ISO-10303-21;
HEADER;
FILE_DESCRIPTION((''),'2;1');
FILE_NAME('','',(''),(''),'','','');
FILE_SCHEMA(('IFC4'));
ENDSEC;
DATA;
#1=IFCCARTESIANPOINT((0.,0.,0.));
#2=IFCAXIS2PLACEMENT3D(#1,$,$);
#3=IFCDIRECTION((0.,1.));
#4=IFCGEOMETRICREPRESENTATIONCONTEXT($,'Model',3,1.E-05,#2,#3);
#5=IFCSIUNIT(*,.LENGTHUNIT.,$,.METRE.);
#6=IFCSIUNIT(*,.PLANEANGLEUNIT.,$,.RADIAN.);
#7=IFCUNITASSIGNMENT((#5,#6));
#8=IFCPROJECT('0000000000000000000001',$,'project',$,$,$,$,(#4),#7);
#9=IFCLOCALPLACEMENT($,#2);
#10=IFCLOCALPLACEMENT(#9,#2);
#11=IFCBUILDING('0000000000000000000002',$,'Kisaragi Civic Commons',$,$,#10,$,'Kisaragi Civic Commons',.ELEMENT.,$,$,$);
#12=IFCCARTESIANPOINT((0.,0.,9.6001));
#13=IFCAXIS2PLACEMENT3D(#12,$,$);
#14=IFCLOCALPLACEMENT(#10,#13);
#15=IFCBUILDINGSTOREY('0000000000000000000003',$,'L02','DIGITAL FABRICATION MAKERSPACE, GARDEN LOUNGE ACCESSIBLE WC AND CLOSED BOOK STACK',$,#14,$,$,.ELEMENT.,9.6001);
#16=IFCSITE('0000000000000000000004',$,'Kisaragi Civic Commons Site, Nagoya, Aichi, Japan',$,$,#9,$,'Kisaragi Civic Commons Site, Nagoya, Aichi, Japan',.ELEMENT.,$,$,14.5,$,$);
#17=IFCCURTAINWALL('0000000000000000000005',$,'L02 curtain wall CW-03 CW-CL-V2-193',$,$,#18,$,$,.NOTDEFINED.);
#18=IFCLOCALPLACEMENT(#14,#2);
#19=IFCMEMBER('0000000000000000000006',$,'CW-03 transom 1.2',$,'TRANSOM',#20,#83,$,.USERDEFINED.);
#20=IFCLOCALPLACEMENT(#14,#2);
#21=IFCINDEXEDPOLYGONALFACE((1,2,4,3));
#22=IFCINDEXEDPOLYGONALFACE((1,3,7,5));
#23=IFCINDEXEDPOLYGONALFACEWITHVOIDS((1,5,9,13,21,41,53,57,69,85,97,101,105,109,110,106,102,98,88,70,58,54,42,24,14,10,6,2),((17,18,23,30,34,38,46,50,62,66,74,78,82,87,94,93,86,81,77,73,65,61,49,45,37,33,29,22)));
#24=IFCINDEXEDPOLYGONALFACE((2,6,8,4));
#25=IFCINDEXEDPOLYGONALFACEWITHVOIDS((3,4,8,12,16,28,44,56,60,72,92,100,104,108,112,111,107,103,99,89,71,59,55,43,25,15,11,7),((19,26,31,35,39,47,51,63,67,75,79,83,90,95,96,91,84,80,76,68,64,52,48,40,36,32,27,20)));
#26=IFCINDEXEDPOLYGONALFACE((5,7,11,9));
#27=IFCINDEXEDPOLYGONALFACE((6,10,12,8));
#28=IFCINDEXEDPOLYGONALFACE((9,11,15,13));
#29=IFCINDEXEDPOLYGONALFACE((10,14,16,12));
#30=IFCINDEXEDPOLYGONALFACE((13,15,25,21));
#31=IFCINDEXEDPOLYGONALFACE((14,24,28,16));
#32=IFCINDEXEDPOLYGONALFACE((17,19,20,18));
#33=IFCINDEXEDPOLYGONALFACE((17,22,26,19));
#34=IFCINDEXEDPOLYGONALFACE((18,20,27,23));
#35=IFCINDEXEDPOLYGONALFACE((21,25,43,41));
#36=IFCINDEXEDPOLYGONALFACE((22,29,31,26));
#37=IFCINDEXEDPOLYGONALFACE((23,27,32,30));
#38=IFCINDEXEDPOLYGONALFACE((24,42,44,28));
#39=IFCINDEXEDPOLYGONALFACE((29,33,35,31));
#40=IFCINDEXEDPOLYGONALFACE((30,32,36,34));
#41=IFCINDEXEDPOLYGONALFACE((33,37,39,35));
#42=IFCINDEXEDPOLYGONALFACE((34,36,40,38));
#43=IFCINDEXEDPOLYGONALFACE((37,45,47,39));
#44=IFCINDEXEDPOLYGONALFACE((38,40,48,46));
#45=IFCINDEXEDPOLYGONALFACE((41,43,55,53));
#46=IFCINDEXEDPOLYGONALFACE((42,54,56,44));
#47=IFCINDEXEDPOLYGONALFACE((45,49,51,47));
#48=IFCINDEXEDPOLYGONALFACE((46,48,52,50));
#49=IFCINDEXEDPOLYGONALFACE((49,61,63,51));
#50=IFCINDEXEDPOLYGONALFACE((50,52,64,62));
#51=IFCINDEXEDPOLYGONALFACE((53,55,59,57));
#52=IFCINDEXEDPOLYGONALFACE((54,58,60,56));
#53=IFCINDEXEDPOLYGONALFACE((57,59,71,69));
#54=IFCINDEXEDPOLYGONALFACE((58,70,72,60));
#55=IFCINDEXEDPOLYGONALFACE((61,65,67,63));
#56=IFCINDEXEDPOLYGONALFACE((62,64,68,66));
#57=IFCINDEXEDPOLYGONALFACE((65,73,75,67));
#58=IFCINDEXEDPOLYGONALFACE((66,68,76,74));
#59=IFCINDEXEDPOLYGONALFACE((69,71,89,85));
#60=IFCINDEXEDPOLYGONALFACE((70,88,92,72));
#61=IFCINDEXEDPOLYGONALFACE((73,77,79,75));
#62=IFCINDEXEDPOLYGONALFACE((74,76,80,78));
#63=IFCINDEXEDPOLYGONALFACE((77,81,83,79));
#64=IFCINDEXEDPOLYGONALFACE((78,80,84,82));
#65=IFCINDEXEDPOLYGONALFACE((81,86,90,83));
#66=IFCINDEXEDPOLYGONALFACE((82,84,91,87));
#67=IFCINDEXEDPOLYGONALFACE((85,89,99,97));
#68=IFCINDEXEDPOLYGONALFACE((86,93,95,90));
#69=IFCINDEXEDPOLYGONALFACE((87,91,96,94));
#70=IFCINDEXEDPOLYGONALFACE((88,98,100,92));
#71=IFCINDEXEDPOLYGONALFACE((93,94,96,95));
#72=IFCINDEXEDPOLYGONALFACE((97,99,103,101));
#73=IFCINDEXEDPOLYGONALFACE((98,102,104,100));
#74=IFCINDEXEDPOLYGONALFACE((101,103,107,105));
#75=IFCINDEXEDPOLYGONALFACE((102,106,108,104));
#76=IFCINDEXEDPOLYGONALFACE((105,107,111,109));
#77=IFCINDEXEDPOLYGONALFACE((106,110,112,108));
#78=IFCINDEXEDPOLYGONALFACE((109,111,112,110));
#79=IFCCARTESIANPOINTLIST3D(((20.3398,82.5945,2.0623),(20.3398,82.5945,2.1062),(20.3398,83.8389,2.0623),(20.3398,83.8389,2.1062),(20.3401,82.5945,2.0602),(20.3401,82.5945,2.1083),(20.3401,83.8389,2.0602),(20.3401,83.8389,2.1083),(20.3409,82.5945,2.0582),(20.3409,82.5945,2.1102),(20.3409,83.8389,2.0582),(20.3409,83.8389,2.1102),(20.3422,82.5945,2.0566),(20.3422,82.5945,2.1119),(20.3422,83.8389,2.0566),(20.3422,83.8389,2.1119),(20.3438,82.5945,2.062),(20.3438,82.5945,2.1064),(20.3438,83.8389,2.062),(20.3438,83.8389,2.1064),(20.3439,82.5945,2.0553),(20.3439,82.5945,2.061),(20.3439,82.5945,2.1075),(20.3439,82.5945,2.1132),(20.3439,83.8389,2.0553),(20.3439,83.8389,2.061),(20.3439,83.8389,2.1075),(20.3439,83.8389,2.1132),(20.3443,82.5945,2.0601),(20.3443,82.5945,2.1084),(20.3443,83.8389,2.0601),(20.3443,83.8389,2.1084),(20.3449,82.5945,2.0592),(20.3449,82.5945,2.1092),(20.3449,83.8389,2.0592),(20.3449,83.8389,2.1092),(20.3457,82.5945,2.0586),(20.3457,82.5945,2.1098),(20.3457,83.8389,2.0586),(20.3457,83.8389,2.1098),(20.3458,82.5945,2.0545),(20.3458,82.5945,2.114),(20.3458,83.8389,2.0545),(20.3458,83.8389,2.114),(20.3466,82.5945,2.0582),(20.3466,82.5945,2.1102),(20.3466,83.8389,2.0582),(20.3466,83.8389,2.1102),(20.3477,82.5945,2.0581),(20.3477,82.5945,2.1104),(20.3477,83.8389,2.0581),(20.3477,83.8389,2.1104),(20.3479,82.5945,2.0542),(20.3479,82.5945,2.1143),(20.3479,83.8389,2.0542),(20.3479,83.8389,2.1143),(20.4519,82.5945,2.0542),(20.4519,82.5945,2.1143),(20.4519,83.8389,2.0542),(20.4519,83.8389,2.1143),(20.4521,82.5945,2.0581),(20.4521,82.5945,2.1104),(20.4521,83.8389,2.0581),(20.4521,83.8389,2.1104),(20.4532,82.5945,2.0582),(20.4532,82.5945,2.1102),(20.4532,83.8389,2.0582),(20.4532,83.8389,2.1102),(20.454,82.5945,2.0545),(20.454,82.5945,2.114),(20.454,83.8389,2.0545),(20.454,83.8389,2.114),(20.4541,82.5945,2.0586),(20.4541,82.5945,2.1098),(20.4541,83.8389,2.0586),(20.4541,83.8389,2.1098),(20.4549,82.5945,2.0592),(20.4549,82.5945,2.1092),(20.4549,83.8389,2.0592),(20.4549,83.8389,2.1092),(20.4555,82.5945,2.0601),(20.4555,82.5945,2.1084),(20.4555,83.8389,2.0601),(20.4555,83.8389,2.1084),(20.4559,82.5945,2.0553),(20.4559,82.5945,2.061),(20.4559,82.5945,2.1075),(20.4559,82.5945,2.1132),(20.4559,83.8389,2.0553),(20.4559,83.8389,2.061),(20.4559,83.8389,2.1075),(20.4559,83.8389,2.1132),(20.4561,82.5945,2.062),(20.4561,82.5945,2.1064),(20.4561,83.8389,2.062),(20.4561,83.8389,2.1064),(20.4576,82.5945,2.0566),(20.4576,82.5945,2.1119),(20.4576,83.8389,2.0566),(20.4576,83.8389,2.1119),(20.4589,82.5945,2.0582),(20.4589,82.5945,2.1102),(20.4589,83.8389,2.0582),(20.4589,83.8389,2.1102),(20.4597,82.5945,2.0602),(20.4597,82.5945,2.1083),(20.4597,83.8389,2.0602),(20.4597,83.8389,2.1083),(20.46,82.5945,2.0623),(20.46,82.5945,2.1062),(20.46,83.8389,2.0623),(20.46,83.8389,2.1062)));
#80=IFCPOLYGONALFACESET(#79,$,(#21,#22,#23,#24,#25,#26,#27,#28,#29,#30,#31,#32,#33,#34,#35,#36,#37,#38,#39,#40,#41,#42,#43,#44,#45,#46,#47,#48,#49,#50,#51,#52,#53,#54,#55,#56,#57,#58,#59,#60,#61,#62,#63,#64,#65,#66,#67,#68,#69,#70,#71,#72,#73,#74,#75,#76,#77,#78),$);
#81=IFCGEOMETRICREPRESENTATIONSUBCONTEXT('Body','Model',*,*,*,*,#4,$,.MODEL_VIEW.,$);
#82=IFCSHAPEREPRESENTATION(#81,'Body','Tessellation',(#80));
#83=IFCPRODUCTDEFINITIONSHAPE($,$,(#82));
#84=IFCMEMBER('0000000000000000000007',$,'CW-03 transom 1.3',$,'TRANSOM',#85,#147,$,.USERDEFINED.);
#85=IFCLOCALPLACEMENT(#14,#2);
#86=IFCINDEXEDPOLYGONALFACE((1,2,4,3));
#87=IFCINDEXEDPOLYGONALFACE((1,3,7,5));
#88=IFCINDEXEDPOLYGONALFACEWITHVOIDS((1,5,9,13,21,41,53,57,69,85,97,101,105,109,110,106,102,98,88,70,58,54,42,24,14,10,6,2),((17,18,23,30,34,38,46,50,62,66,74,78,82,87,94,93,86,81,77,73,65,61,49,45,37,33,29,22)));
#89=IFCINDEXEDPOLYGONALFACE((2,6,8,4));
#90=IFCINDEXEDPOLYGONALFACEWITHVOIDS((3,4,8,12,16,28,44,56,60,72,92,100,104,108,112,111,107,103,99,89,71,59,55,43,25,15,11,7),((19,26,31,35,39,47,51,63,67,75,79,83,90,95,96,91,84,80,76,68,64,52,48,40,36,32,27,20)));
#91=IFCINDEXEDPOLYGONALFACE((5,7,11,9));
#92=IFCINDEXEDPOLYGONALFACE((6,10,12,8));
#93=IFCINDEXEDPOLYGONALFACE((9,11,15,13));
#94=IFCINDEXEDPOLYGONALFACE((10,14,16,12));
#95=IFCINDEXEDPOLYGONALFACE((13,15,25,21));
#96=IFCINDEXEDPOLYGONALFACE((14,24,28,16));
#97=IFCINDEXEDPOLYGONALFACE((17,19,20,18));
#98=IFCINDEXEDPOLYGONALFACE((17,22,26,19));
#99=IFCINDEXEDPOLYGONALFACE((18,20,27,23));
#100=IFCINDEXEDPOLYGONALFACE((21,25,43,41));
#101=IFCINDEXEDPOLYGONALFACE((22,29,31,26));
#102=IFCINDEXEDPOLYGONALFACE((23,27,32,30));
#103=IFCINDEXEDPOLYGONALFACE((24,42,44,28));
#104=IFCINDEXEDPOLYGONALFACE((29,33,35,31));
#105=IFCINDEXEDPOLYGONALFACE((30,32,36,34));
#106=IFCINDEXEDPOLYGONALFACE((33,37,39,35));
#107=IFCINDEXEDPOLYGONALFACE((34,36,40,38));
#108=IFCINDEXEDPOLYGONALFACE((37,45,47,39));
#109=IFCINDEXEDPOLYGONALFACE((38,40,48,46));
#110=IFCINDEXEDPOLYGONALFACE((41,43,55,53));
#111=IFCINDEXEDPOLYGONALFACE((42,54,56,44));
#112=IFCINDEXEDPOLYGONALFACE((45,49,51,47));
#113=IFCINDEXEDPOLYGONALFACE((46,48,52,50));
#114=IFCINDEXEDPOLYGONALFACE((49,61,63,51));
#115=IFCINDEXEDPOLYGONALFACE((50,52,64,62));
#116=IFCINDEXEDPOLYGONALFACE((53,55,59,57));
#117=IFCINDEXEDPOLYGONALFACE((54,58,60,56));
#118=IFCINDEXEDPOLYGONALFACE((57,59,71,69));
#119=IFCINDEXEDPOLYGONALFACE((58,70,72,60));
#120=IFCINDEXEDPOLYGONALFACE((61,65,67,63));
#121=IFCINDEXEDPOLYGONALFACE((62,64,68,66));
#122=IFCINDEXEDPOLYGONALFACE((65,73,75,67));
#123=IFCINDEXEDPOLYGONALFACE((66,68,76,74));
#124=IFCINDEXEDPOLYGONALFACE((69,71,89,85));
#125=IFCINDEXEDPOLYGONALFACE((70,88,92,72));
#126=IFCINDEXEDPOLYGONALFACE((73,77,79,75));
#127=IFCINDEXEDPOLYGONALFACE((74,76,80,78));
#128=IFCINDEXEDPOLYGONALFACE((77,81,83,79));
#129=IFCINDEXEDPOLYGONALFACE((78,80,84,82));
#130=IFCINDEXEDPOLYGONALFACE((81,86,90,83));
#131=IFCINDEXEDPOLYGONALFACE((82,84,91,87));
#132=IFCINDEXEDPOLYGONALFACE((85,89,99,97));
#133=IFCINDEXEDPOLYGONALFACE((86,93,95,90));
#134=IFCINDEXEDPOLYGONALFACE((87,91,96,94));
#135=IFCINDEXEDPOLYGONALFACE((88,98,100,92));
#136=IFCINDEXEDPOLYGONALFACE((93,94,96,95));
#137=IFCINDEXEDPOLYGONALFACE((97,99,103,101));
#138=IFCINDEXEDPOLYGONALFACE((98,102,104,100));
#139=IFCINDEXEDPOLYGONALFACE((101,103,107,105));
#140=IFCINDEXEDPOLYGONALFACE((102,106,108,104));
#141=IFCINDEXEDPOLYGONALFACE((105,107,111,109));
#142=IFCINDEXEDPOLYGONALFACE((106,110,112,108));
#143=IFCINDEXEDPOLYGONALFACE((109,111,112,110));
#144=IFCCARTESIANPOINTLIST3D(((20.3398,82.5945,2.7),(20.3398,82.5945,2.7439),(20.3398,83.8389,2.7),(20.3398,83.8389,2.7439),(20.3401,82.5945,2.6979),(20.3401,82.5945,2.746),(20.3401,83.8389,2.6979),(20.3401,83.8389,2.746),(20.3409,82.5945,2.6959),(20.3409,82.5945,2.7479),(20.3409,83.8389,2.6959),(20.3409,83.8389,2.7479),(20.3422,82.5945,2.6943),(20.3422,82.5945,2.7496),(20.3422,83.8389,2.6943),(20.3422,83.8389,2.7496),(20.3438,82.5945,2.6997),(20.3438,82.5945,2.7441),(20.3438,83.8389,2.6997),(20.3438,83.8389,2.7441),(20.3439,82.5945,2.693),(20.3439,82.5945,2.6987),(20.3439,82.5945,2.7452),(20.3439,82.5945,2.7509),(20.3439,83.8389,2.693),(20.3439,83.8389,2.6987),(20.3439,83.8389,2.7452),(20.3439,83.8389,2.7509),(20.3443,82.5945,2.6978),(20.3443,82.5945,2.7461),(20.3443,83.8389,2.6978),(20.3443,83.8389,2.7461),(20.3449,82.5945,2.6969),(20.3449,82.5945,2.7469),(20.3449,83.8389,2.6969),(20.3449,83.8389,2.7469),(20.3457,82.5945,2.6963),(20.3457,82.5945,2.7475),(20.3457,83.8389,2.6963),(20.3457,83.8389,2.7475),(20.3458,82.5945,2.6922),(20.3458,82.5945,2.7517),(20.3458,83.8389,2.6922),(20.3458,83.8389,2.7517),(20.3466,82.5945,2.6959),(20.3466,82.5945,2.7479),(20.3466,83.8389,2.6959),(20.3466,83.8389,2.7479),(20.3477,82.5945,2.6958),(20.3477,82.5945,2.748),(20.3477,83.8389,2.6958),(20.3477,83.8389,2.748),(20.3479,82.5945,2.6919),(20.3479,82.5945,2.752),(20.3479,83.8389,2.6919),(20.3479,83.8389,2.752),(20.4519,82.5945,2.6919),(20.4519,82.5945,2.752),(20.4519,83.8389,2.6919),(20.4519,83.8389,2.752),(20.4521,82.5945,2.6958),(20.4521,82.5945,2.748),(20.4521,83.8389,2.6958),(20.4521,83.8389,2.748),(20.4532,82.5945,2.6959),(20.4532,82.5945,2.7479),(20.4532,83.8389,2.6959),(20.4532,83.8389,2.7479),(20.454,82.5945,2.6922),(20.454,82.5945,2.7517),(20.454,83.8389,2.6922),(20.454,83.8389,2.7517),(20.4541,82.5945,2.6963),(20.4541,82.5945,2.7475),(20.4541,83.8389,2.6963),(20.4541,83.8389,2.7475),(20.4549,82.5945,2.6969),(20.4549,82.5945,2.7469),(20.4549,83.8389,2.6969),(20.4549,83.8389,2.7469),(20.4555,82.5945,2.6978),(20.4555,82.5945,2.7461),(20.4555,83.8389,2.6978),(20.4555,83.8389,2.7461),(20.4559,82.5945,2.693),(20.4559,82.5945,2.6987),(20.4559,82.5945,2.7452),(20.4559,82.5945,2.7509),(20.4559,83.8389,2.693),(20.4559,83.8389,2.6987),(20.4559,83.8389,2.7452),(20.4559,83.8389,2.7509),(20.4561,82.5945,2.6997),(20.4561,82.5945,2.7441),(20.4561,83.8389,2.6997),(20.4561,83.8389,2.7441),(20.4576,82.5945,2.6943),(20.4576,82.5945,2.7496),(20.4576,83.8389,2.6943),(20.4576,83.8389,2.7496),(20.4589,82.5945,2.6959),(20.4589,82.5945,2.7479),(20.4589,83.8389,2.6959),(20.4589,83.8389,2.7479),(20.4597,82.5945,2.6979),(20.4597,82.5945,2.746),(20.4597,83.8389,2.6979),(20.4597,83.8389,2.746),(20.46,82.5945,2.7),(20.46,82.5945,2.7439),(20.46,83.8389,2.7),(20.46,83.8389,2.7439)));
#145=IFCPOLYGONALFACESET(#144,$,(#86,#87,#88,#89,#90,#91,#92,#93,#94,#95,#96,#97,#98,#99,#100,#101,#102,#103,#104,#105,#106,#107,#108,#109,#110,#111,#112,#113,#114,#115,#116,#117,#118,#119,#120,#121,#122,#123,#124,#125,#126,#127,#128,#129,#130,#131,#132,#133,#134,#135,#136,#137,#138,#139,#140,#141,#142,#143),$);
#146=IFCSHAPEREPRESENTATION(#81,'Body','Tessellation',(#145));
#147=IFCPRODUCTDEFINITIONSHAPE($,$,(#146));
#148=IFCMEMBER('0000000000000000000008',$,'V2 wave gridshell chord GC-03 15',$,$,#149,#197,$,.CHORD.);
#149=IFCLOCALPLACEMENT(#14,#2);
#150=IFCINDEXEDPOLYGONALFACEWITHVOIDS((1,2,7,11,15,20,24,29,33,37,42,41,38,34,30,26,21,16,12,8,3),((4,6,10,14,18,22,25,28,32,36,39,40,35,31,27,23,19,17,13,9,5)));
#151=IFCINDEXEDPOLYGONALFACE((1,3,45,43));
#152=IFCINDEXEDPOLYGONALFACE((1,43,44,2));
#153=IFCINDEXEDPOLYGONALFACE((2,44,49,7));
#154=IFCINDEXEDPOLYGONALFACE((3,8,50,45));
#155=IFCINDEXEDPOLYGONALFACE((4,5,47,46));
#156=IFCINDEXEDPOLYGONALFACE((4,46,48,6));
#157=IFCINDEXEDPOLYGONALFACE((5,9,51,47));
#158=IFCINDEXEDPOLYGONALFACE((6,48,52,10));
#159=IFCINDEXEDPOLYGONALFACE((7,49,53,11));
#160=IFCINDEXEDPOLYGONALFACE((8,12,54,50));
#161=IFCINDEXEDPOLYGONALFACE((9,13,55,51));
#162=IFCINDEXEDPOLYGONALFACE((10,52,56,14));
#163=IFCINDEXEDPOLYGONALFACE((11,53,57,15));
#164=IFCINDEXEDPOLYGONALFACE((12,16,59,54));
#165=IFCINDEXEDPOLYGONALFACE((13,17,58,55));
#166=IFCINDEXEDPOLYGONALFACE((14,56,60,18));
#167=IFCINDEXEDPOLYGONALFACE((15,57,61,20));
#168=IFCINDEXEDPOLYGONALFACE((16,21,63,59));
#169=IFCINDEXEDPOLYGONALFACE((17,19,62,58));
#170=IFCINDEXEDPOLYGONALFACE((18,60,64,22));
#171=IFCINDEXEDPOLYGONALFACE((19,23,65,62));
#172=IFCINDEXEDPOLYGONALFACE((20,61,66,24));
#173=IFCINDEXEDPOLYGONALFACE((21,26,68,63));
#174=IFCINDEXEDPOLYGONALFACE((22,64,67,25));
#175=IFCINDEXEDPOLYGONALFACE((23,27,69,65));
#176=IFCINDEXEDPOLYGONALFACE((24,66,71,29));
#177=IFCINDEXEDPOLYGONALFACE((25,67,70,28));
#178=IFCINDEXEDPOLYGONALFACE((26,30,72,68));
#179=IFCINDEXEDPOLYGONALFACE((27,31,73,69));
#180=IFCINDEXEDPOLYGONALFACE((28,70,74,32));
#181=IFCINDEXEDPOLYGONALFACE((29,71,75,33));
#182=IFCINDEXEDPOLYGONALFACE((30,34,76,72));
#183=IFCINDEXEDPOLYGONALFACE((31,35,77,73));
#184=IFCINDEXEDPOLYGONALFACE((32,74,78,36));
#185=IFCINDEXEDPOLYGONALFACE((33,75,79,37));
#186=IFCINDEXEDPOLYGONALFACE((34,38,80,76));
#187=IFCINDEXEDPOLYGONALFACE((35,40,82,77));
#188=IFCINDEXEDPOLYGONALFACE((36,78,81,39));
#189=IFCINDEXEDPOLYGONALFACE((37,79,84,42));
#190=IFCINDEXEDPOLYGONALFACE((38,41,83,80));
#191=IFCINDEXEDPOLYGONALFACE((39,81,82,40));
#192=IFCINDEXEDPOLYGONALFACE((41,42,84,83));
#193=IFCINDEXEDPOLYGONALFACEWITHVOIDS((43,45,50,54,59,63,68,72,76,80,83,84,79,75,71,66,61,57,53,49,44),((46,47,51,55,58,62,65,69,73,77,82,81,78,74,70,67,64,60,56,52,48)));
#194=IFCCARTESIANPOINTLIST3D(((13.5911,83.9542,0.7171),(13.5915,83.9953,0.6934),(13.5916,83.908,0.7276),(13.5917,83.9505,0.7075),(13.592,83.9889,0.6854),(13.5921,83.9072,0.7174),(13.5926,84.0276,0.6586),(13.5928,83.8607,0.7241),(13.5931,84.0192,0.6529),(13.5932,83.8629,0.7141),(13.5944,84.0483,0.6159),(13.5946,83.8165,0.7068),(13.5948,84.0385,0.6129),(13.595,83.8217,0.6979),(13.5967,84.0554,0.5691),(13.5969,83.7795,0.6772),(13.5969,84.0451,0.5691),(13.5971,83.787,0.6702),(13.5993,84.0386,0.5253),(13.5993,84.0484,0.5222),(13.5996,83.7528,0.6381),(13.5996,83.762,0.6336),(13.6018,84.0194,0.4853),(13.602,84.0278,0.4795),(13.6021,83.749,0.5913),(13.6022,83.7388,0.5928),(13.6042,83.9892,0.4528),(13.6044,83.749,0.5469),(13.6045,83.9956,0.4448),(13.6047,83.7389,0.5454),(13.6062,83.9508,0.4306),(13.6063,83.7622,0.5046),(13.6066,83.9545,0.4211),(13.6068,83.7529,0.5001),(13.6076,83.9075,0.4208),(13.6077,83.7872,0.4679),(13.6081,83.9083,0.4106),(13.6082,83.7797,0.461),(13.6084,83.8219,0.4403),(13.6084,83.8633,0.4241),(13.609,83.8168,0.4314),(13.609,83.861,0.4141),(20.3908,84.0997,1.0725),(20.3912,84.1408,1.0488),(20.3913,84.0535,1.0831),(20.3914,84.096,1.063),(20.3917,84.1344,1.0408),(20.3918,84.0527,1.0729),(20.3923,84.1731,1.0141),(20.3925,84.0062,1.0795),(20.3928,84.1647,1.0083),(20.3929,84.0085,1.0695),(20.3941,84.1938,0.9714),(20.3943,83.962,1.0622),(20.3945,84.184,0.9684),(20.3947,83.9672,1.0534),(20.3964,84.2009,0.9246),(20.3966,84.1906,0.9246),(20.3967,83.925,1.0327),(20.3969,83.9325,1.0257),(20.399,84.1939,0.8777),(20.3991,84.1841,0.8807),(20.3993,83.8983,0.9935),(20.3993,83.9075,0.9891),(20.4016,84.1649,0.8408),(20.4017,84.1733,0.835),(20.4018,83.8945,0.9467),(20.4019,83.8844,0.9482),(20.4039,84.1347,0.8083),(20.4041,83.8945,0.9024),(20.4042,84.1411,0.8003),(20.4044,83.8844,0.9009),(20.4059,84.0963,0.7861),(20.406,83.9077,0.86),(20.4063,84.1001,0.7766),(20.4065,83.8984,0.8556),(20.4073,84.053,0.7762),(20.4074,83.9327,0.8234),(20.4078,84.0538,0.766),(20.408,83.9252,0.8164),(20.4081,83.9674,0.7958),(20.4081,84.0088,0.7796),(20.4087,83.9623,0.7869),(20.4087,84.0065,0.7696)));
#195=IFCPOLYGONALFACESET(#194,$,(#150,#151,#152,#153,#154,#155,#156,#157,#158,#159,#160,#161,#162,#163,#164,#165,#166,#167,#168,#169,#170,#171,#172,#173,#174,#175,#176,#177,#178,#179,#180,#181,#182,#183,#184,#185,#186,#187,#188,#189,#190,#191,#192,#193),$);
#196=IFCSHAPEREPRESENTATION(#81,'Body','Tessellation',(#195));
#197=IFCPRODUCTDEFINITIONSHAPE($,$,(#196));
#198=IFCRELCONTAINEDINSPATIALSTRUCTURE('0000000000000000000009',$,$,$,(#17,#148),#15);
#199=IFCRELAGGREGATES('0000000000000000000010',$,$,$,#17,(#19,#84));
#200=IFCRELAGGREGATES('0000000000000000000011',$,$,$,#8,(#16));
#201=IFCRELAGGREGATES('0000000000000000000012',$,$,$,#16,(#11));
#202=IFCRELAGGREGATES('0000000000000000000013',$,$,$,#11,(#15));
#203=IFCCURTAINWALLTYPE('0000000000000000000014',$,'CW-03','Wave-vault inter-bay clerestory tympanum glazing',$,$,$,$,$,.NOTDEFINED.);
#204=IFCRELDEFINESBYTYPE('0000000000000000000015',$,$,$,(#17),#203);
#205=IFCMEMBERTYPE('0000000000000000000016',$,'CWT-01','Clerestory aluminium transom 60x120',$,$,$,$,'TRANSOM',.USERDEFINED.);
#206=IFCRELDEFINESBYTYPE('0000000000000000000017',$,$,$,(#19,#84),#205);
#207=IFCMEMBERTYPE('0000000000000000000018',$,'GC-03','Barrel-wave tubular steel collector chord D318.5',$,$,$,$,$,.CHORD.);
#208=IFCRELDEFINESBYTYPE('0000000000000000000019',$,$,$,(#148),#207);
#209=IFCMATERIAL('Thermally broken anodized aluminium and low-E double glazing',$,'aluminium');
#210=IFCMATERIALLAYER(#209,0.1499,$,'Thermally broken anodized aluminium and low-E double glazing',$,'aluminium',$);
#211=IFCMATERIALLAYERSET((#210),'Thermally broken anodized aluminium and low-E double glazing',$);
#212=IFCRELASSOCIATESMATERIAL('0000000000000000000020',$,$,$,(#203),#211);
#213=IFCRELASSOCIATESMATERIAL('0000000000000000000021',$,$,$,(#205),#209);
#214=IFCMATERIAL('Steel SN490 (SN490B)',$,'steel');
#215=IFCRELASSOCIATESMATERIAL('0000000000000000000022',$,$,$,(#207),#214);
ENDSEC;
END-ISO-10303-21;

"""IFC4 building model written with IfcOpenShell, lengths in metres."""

from ifc_helpers import new_model, si_unit, direction, frame, origin, origin_2d, place, context, subcontext, project, spatial, hollow_rectangle, hollow_circle, extrude, material, layer, layer_set, material_profile, profile_set, type_object, element, aggregate, save


model = new_model("IFC4")

# Units and contexts
model_context = context("Model", 3, precision=1e-05, world=origin(), true_north=direction((0.0, 1.0)))
body_context = subcontext(model_context, "Body", "Model", "MODEL_VIEW")
ifc_project = project(units=[si_unit("LENGTHUNIT", "METRE"), si_unit("PLANEANGLEUNIT", "RADIAN")], contexts=[model_context])

# Site, building, storey
site_placement = place(None, origin())
site = spatial("IfcSite", under=ifc_project, at=site_placement, Name="Kisaragi Civic Commons Site, Nagoya, Aichi, Japan", LongName="Kisaragi Civic Commons Site, Nagoya, Aichi, Japan", CompositionType="ELEMENT", RefElevation=14.5)
building_placement = place(site_placement, origin())
building = spatial("IfcBuilding", under=site, at=building_placement, Name="Kisaragi Civic Commons", LongName="Kisaragi Civic Commons", CompositionType="ELEMENT")
storey_placement = place(building_placement, frame((0.0, 0.0, 9.6001)))
storey = spatial("IfcBuildingStorey", under=building, at=storey_placement, Name="L02", Description="DIGITAL FABRICATION MAKERSPACE, GARDEN LOUNGE ACCESSIBLE WC AND CLOSED BOOK STACK", CompositionType="ELEMENT", Elevation=9.6001)

# Curtain wall
ifc_material_1 = material(Name="Thermally broken anodized aluminium and low-E double glazing", Category="aluminium")
ifc_layer_1 = layer(ifc_material_1, 0.1499, Name="Thermally broken anodized aluminium and low-E double glazing", Category="aluminium")
ifc_layer_set_1 = layer_set([ifc_layer_1], Name="Thermally broken anodized aluminium and low-E double glazing")
curtain_wall_type = type_object("IfcCurtainWallType", Name="CW-03", Description="Wave-vault inter-bay clerestory tympanum glazing", PredefinedType="NOTDEFINED", material=ifc_layer_set_1)
curtain_wall_1_placement = place(storey_placement, origin())
curtain_wall_1 = element("IfcCurtainWall", 1, at=curtain_wall_1_placement, inside=storey, type_object=curtain_wall_type, Name="L02 curtain wall CW-03 CW-CL-V2-193", PredefinedType="NOTDEFINED")

# Members
ifc_material_profile_1 = material_profile(ifc_material_1, hollow_rectangle(XDim=0.1201, YDim=0.0601, WallThickness=0.0039, InnerFilletRadius=0.0039, OuterFilletRadius=0.0081, at=origin_2d()), Name="CWT-60x120x4", Category="aluminium")
ifc_profile_set_1 = profile_set([ifc_material_profile_1], Name="Thermally broken anodized aluminium and low-E double glazing")
member_type_1 = type_object("IfcMemberType", Name="CWT-01", Description="Clerestory aluminium transom 60x120", ElementType="TRANSOM", PredefinedType="USERDEFINED", material=ifc_profile_set_1)
member_1_placement = place(storey_placement, frame((20.3999, 82.5945, 2.0842), z_axis=(0.0, 1.0, 0.0), x_axis=(-1.0, 0.0, 0.0)))
member_1 = element("IfcMember", 2, at=member_1_placement, type_object=member_type_1, Name="CW-03 transom 1.2", ObjectType="TRANSOM", PredefinedType="USERDEFINED", context=body_context, shape_type="SweptSolid", body=[
    extrude(hollow_rectangle(XDim=0.1201, YDim=0.0601, WallThickness=0.0039, InnerFilletRadius=0.0039, OuterFilletRadius=0.0081, at=origin_2d()), origin(), (0.0, 0.0, 1.0), 1.2444),
])
member_2_placement = place(storey_placement, frame((20.3999, 82.5945, 2.7219), z_axis=(0.0, 1.0, 0.0), x_axis=(-1.0, 0.0, 0.0)))
member_2 = element("IfcMember", 3, at=member_2_placement, type_object=member_type_1, Name="CW-03 transom 1.3", ObjectType="TRANSOM", PredefinedType="USERDEFINED", context=body_context, shape_type="SweptSolid", body=[
    extrude(hollow_rectangle(XDim=0.1201, YDim=0.0601, WallThickness=0.0039, InnerFilletRadius=0.0039, OuterFilletRadius=0.0081, at=origin_2d()), origin(), (0.0, 0.0, 1.0), 1.2444),
])

# Member
ifc_material_2 = material(Name="Steel SN490 (SN490B)", Category="steel")
ifc_material_profile_2 = material_profile(ifc_material_2, hollow_circle(Radius=0.1592, WallThickness=0.0103, at=origin_2d()), Name="CHS-318.5x10.3", Category="steel")
ifc_profile_set_2 = profile_set([ifc_material_profile_2], Name="Steel SN490 (SN490B)")
member_type_2 = type_object("IfcMemberType", Name="GC-03", Description="Barrel-wave tubular steel collector chord D318.5", PredefinedType="CHORD", material=ifc_profile_set_2)
member_3_placement = place(storey_placement, frame((13.6001, 83.8962, 0.5691), z_axis=(0.998408, 0.021365, 0.052193), x_axis=(-0.021394, 0.999771, 0.0)))
element("IfcMember", 4, at=member_3_placement, inside=storey, type_object=member_type_2, Name="V2 wave gridshell chord GC-03 15", PredefinedType="CHORD", context=body_context, shape_type="SweptSolid", body=[
    extrude(hollow_circle(Radius=0.1592, WallThickness=0.0103, at=origin_2d()), origin(), (0.0, 0.0, 1.0), 6.8105),
])

aggregate(curtain_wall_1, [member_1, member_2])

save(model, "model.ifc")
